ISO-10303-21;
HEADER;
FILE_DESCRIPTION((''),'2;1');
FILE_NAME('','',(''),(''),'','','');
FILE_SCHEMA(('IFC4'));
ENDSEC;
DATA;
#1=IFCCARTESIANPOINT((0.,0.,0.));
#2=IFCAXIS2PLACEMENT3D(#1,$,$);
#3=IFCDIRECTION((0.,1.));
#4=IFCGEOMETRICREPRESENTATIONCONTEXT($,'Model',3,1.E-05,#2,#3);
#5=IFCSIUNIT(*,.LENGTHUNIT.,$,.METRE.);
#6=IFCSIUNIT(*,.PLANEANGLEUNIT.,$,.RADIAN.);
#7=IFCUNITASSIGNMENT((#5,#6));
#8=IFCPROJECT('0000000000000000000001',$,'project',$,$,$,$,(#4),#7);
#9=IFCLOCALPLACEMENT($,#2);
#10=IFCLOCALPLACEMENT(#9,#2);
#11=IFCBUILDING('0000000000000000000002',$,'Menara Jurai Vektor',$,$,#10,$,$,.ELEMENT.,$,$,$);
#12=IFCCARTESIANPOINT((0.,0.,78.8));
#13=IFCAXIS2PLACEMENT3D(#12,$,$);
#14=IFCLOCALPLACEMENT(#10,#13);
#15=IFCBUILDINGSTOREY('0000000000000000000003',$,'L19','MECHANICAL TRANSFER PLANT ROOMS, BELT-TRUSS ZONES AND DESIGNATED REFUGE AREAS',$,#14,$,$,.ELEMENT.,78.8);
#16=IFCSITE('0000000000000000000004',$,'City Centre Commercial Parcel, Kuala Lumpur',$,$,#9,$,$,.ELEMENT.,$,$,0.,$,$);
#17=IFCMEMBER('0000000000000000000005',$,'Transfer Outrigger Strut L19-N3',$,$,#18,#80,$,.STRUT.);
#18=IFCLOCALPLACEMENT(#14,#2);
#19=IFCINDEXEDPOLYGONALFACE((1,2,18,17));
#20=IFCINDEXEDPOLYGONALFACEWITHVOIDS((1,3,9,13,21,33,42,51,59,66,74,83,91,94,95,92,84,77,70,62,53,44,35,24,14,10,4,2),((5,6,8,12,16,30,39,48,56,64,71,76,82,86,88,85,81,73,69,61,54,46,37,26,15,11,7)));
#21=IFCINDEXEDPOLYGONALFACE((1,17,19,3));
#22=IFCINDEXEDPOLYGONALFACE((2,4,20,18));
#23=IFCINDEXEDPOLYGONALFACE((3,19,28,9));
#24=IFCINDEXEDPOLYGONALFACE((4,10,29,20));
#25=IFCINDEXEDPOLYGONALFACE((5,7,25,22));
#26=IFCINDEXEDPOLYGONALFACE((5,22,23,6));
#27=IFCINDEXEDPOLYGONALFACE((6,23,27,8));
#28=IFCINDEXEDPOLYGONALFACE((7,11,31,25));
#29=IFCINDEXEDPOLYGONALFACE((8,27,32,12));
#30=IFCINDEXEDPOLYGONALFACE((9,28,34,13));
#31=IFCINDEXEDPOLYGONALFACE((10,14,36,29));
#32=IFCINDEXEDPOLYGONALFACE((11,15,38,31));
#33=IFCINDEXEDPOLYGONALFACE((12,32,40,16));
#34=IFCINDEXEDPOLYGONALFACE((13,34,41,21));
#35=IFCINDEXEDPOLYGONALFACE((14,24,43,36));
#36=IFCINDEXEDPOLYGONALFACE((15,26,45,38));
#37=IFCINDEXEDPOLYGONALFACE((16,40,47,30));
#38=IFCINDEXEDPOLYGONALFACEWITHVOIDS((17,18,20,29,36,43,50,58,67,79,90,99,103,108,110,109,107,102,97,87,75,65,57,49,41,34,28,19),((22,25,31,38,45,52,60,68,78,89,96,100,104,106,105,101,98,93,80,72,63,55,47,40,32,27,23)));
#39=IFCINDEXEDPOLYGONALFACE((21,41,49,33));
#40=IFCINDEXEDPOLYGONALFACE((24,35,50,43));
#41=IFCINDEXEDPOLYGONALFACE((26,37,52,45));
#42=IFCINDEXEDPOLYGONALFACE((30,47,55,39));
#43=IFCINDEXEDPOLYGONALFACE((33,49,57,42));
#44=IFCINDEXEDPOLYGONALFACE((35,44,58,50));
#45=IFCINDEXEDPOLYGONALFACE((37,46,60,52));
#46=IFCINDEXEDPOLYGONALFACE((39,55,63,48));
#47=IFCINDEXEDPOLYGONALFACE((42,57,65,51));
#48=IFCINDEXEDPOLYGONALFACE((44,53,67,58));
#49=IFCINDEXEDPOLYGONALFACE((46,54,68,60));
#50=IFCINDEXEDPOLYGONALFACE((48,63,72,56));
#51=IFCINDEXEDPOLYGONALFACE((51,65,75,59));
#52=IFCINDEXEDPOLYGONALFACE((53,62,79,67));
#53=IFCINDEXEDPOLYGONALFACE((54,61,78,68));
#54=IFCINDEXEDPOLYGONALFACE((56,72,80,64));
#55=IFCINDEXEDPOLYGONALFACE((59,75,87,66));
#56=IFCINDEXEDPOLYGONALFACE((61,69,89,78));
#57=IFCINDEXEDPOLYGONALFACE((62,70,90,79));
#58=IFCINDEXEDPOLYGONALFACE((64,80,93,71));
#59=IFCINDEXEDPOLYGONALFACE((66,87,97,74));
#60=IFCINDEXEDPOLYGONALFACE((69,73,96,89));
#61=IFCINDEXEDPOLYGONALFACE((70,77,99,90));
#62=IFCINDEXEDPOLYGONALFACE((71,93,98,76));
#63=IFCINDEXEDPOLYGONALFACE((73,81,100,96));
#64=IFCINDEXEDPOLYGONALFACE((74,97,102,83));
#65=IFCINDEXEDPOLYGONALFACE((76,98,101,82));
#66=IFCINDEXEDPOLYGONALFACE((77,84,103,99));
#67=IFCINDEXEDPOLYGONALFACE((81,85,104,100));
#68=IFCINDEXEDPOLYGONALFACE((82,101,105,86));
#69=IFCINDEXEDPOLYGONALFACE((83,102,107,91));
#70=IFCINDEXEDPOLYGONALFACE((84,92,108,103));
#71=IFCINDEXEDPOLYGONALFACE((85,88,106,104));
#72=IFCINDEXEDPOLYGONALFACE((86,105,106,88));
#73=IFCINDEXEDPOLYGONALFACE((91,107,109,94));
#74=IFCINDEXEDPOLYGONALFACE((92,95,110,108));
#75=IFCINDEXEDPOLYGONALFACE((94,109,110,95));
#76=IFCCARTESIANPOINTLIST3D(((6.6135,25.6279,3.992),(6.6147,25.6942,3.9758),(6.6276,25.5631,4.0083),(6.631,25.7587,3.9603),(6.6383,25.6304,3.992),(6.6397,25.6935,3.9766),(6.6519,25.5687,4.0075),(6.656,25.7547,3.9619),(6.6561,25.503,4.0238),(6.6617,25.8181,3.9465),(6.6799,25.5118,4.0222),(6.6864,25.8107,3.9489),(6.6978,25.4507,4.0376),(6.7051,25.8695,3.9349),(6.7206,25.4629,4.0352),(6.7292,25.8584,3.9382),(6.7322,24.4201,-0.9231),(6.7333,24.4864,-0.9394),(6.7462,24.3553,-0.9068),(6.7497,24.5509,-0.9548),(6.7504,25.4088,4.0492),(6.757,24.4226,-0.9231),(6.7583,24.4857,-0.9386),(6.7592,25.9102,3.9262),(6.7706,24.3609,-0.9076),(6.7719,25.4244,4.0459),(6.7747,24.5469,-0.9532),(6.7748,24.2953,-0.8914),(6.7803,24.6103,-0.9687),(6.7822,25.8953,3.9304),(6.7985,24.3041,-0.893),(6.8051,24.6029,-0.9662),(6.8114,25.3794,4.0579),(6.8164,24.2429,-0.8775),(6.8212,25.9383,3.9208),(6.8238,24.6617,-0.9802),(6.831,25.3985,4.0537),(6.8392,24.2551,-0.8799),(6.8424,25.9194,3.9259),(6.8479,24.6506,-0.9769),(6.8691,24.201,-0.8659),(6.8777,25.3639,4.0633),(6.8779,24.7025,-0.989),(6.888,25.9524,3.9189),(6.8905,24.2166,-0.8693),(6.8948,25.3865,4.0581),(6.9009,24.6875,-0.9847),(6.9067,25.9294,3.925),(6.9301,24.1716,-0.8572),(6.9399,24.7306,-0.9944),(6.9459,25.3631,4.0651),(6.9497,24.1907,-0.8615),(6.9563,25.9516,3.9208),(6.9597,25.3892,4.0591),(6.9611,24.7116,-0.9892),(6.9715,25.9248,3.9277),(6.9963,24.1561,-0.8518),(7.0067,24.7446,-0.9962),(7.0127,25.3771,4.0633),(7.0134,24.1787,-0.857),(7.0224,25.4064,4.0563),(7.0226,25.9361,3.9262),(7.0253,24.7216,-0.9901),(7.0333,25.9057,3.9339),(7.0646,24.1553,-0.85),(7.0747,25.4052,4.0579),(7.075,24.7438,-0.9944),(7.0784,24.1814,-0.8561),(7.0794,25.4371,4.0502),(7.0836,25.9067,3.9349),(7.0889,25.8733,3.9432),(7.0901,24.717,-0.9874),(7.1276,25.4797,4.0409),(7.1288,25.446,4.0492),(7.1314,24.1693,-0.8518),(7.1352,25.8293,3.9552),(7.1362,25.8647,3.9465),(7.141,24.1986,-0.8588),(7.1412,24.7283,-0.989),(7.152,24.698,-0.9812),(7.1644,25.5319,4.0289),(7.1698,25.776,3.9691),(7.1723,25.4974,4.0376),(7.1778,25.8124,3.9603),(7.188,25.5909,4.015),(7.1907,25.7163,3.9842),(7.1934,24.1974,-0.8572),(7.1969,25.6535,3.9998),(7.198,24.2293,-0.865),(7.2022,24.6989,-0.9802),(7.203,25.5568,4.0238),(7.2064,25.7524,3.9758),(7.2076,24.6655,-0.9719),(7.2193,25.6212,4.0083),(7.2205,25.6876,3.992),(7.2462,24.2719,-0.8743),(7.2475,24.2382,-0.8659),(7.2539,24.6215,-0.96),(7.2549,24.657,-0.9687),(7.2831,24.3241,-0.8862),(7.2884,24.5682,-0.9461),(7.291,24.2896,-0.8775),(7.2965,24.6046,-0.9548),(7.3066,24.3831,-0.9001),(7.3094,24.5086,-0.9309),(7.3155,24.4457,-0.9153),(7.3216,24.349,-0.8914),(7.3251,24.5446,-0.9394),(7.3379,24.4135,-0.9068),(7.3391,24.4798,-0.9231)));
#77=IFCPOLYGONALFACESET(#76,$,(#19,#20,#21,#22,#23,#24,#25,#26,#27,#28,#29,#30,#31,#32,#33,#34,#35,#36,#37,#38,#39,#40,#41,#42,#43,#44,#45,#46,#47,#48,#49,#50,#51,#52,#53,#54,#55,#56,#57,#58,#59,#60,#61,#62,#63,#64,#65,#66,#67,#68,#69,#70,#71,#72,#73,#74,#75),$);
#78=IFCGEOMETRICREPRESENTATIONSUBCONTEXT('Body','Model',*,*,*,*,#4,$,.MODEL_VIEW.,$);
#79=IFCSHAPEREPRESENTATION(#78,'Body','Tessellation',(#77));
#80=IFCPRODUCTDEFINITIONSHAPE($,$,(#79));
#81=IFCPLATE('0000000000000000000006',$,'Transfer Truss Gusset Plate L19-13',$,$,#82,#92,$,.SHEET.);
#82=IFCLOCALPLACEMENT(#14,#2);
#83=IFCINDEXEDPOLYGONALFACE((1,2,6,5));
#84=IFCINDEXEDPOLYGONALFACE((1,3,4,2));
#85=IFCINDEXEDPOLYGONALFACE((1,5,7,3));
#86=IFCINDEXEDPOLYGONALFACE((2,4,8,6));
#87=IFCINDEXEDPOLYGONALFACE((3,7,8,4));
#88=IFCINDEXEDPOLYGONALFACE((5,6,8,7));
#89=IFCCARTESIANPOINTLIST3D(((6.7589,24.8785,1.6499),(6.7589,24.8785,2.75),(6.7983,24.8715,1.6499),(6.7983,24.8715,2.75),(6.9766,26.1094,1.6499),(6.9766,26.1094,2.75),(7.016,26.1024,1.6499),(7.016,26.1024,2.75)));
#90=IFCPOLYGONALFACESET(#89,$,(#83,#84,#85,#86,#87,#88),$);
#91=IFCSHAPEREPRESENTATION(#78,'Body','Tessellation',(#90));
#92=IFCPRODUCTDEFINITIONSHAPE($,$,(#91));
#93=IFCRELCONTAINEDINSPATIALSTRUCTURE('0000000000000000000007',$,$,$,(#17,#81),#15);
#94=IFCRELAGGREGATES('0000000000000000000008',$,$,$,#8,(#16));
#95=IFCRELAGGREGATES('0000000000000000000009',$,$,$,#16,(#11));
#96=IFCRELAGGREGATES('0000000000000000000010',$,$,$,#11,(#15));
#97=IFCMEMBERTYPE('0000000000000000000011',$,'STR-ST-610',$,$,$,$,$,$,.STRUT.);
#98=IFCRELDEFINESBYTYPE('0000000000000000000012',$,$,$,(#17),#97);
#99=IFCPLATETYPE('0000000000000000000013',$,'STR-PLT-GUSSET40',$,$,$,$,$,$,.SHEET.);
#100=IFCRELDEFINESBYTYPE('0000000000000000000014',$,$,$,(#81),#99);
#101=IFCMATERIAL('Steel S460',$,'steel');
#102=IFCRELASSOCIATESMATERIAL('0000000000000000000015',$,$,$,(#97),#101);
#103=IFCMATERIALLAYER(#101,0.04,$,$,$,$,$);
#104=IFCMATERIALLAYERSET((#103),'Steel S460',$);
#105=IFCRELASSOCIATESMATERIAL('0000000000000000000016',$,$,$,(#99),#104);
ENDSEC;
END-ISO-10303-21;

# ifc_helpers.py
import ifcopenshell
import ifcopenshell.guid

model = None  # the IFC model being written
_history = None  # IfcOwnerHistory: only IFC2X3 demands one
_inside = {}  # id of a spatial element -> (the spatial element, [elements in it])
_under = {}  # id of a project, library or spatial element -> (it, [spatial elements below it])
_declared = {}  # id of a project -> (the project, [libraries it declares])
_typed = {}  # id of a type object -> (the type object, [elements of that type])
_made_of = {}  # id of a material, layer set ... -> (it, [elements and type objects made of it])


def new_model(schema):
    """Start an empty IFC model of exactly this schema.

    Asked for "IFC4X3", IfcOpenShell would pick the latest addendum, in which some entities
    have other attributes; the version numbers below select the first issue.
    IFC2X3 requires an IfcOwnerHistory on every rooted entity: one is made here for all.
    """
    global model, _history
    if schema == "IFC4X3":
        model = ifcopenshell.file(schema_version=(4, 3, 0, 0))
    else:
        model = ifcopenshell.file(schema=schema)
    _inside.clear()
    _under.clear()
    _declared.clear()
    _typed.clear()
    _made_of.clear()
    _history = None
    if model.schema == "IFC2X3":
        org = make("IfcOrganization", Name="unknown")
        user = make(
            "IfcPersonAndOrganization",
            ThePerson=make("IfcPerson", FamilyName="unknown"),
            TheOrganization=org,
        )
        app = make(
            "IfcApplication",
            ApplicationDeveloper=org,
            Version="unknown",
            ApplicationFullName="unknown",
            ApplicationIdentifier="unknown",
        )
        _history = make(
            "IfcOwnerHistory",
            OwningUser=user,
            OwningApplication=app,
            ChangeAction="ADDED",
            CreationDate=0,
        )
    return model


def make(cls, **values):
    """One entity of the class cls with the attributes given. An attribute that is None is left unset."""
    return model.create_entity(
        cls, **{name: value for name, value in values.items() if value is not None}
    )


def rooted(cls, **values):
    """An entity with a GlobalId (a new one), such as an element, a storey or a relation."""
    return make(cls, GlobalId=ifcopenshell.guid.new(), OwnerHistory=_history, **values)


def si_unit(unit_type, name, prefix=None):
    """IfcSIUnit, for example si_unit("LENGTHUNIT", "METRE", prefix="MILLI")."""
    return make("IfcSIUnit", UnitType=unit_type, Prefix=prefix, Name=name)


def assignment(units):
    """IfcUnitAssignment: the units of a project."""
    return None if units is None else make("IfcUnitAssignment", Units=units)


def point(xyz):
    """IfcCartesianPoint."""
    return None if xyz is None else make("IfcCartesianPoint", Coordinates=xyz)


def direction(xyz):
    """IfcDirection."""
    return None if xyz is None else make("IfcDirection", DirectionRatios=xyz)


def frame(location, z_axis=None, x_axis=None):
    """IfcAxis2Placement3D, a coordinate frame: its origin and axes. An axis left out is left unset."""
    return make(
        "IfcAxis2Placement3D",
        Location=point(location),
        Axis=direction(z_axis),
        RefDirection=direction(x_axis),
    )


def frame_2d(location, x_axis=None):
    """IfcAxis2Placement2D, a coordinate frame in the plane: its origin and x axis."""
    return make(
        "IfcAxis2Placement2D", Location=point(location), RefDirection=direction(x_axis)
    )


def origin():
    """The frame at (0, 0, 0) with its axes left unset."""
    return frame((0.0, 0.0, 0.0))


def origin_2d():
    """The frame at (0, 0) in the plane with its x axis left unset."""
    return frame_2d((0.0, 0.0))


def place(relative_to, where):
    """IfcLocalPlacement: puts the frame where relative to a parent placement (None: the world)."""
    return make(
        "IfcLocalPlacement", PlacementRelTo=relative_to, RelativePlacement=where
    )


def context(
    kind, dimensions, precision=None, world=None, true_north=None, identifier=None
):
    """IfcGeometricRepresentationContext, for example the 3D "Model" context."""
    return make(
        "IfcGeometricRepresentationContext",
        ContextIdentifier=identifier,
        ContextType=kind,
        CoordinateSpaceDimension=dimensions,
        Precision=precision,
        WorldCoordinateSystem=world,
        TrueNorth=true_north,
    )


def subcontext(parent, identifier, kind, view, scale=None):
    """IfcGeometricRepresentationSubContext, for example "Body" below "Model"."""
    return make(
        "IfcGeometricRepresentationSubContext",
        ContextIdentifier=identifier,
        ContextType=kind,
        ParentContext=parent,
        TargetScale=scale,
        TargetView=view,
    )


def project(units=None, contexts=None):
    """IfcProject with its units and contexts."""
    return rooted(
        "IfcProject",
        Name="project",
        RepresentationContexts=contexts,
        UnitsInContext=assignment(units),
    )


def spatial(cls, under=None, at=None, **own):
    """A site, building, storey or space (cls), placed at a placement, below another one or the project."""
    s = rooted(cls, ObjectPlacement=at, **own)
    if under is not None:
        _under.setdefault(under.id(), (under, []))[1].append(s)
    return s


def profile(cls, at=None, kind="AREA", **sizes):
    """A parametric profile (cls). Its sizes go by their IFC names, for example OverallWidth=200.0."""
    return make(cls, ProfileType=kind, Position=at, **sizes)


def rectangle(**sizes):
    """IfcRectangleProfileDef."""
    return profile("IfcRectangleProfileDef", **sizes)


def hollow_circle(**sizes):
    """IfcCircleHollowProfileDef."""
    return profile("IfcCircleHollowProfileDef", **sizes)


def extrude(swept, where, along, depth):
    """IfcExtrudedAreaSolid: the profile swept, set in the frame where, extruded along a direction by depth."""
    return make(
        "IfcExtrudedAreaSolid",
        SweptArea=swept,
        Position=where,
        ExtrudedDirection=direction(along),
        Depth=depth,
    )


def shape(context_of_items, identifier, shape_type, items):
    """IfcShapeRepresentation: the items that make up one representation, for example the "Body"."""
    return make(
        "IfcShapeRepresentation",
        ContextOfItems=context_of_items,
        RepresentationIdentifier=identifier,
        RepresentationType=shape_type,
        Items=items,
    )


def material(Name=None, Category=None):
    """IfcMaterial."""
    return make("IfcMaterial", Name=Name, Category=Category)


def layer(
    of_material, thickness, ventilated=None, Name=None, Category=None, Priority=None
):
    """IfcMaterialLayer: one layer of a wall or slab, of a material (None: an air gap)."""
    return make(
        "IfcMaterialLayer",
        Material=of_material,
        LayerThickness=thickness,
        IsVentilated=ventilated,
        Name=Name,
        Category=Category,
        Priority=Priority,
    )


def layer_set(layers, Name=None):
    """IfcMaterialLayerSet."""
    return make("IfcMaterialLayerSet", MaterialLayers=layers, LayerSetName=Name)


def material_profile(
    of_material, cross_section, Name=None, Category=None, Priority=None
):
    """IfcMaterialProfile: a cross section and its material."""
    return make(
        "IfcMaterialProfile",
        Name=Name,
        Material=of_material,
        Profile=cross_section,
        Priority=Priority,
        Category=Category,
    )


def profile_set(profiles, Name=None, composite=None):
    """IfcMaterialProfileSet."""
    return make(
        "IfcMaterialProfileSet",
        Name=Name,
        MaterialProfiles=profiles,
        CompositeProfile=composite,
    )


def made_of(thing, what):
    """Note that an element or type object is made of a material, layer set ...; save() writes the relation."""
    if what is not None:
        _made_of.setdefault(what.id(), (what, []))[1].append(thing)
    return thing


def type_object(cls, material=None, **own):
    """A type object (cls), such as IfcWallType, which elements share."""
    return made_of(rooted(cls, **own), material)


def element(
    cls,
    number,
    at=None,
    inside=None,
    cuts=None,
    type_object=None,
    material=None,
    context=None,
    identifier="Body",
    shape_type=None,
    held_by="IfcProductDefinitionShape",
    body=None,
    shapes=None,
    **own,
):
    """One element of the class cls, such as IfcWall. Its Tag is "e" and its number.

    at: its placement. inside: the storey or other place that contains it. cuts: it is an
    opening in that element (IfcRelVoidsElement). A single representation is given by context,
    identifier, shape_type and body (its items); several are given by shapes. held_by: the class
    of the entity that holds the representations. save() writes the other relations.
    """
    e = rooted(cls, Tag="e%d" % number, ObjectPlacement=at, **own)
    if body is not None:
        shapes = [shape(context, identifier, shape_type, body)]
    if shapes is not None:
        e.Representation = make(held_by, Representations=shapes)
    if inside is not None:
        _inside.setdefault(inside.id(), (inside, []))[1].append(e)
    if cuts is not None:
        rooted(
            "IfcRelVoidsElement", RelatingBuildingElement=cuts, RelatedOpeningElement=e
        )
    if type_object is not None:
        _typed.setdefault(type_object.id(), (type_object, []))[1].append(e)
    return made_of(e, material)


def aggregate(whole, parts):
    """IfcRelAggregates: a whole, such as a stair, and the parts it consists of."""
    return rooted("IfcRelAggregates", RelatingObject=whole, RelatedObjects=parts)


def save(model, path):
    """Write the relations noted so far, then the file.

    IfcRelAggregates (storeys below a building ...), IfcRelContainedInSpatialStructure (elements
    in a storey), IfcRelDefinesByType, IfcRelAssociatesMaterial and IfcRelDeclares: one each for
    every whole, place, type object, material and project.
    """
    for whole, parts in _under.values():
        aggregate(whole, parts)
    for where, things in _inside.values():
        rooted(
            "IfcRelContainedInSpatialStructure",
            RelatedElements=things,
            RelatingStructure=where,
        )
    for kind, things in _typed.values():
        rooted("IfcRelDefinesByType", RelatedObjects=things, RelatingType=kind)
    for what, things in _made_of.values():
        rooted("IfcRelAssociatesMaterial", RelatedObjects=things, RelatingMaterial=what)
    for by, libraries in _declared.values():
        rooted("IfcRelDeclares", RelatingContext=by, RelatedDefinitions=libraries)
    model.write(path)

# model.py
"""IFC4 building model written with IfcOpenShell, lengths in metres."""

from ifc_helpers import new_model, si_unit, direction, frame, origin, origin_2d, place, context, subcontext, project, spatial, rectangle, hollow_circle, extrude, material, layer, layer_set, material_profile, profile_set, type_object, element, save


model = new_model("IFC4")

# Units and contexts
model_context = context("Model", 3, precision=1e-05, world=origin(), true_north=direction((0.0, 1.0)))
body_context = subcontext(model_context, "Body", "Model", "MODEL_VIEW")
ifc_project = project(units=[si_unit("LENGTHUNIT", "METRE"), si_unit("PLANEANGLEUNIT", "RADIAN")], contexts=[model_context])

# Site, building, storey
site_placement = place(None, origin())
site = spatial("IfcSite", under=ifc_project, at=site_placement, Name="City Centre Commercial Parcel, Kuala Lumpur", CompositionType="ELEMENT", RefElevation=0.0)
building_placement = place(site_placement, origin())
building = spatial("IfcBuilding", under=site, at=building_placement, Name="Menara Jurai Vektor", CompositionType="ELEMENT")
storey_placement = place(building_placement, frame((0.0, 0.0, 78.8)))
storey = spatial("IfcBuildingStorey", under=building, at=storey_placement, Name="L19", Description="MECHANICAL TRANSFER PLANT ROOMS, BELT-TRUSS ZONES AND DESIGNATED REFUGE AREAS", CompositionType="ELEMENT", Elevation=78.8)

# Shared definitions
ifc_material_1 = material(Name="Steel S460", Category="steel")

# Member
ifc_material_profile_1 = material_profile(ifc_material_1, hollow_circle(Radius=0.3049, WallThickness=0.0249, at=origin_2d()), Name="CHS 610x25")
ifc_profile_set_1 = profile_set([ifc_material_profile_1], Name="Steel S460")
member_type_1 = type_object("IfcMemberType", Name="STR-ST-610", PredefinedType="STRUT", material=ifc_profile_set_1)
member_1_placement = place(storey_placement, frame((7.0356, 24.45, -0.9231), z_axis=(-0.023437, 0.238564, 0.970844), x_axis=(-0.995209, -0.097771, 0.0)))
element("IfcMember", 1, at=member_1_placement, inside=storey, type_object=member_type_1, Name="Transfer Outrigger Strut L19-N3", PredefinedType="STRUT", context=body_context, shape_type="SweptSolid", body=[
    extrude(hollow_circle(Radius=0.3049, WallThickness=0.0249, at=origin_2d()), origin(), (0.0, 0.0, 1.0), 5.0627),
])

# Plate
ifc_layer = layer(ifc_material_1, 0.04)
ifc_layer_set = layer_set([ifc_layer], Name="Steel S460")
plate_type = type_object("IfcPlateType", Name="STR-PLT-GUSSET40", PredefinedType="SHEET", material=ifc_layer_set)
plate_placement = place(storey_placement, frame((6.8875, 25.4905, 1.6499), z_axis=(0.0, 0.0, 1.0), x_axis=(-0.174164, -0.984717, 0.0)))
element("IfcPlate", 2, at=plate_placement, inside=storey, type_object=plate_type, Name="Transfer Truss Gusset Plate L19-13", PredefinedType="SHEET", context=body_context, shape_type="SweptSolid", body=[
    extrude(rectangle(XDim=1.25, YDim=0.04, at=origin_2d()), origin(), (0.0, 0.0, 1.0), 1.1001),
])

save(model, "model.ifc")
